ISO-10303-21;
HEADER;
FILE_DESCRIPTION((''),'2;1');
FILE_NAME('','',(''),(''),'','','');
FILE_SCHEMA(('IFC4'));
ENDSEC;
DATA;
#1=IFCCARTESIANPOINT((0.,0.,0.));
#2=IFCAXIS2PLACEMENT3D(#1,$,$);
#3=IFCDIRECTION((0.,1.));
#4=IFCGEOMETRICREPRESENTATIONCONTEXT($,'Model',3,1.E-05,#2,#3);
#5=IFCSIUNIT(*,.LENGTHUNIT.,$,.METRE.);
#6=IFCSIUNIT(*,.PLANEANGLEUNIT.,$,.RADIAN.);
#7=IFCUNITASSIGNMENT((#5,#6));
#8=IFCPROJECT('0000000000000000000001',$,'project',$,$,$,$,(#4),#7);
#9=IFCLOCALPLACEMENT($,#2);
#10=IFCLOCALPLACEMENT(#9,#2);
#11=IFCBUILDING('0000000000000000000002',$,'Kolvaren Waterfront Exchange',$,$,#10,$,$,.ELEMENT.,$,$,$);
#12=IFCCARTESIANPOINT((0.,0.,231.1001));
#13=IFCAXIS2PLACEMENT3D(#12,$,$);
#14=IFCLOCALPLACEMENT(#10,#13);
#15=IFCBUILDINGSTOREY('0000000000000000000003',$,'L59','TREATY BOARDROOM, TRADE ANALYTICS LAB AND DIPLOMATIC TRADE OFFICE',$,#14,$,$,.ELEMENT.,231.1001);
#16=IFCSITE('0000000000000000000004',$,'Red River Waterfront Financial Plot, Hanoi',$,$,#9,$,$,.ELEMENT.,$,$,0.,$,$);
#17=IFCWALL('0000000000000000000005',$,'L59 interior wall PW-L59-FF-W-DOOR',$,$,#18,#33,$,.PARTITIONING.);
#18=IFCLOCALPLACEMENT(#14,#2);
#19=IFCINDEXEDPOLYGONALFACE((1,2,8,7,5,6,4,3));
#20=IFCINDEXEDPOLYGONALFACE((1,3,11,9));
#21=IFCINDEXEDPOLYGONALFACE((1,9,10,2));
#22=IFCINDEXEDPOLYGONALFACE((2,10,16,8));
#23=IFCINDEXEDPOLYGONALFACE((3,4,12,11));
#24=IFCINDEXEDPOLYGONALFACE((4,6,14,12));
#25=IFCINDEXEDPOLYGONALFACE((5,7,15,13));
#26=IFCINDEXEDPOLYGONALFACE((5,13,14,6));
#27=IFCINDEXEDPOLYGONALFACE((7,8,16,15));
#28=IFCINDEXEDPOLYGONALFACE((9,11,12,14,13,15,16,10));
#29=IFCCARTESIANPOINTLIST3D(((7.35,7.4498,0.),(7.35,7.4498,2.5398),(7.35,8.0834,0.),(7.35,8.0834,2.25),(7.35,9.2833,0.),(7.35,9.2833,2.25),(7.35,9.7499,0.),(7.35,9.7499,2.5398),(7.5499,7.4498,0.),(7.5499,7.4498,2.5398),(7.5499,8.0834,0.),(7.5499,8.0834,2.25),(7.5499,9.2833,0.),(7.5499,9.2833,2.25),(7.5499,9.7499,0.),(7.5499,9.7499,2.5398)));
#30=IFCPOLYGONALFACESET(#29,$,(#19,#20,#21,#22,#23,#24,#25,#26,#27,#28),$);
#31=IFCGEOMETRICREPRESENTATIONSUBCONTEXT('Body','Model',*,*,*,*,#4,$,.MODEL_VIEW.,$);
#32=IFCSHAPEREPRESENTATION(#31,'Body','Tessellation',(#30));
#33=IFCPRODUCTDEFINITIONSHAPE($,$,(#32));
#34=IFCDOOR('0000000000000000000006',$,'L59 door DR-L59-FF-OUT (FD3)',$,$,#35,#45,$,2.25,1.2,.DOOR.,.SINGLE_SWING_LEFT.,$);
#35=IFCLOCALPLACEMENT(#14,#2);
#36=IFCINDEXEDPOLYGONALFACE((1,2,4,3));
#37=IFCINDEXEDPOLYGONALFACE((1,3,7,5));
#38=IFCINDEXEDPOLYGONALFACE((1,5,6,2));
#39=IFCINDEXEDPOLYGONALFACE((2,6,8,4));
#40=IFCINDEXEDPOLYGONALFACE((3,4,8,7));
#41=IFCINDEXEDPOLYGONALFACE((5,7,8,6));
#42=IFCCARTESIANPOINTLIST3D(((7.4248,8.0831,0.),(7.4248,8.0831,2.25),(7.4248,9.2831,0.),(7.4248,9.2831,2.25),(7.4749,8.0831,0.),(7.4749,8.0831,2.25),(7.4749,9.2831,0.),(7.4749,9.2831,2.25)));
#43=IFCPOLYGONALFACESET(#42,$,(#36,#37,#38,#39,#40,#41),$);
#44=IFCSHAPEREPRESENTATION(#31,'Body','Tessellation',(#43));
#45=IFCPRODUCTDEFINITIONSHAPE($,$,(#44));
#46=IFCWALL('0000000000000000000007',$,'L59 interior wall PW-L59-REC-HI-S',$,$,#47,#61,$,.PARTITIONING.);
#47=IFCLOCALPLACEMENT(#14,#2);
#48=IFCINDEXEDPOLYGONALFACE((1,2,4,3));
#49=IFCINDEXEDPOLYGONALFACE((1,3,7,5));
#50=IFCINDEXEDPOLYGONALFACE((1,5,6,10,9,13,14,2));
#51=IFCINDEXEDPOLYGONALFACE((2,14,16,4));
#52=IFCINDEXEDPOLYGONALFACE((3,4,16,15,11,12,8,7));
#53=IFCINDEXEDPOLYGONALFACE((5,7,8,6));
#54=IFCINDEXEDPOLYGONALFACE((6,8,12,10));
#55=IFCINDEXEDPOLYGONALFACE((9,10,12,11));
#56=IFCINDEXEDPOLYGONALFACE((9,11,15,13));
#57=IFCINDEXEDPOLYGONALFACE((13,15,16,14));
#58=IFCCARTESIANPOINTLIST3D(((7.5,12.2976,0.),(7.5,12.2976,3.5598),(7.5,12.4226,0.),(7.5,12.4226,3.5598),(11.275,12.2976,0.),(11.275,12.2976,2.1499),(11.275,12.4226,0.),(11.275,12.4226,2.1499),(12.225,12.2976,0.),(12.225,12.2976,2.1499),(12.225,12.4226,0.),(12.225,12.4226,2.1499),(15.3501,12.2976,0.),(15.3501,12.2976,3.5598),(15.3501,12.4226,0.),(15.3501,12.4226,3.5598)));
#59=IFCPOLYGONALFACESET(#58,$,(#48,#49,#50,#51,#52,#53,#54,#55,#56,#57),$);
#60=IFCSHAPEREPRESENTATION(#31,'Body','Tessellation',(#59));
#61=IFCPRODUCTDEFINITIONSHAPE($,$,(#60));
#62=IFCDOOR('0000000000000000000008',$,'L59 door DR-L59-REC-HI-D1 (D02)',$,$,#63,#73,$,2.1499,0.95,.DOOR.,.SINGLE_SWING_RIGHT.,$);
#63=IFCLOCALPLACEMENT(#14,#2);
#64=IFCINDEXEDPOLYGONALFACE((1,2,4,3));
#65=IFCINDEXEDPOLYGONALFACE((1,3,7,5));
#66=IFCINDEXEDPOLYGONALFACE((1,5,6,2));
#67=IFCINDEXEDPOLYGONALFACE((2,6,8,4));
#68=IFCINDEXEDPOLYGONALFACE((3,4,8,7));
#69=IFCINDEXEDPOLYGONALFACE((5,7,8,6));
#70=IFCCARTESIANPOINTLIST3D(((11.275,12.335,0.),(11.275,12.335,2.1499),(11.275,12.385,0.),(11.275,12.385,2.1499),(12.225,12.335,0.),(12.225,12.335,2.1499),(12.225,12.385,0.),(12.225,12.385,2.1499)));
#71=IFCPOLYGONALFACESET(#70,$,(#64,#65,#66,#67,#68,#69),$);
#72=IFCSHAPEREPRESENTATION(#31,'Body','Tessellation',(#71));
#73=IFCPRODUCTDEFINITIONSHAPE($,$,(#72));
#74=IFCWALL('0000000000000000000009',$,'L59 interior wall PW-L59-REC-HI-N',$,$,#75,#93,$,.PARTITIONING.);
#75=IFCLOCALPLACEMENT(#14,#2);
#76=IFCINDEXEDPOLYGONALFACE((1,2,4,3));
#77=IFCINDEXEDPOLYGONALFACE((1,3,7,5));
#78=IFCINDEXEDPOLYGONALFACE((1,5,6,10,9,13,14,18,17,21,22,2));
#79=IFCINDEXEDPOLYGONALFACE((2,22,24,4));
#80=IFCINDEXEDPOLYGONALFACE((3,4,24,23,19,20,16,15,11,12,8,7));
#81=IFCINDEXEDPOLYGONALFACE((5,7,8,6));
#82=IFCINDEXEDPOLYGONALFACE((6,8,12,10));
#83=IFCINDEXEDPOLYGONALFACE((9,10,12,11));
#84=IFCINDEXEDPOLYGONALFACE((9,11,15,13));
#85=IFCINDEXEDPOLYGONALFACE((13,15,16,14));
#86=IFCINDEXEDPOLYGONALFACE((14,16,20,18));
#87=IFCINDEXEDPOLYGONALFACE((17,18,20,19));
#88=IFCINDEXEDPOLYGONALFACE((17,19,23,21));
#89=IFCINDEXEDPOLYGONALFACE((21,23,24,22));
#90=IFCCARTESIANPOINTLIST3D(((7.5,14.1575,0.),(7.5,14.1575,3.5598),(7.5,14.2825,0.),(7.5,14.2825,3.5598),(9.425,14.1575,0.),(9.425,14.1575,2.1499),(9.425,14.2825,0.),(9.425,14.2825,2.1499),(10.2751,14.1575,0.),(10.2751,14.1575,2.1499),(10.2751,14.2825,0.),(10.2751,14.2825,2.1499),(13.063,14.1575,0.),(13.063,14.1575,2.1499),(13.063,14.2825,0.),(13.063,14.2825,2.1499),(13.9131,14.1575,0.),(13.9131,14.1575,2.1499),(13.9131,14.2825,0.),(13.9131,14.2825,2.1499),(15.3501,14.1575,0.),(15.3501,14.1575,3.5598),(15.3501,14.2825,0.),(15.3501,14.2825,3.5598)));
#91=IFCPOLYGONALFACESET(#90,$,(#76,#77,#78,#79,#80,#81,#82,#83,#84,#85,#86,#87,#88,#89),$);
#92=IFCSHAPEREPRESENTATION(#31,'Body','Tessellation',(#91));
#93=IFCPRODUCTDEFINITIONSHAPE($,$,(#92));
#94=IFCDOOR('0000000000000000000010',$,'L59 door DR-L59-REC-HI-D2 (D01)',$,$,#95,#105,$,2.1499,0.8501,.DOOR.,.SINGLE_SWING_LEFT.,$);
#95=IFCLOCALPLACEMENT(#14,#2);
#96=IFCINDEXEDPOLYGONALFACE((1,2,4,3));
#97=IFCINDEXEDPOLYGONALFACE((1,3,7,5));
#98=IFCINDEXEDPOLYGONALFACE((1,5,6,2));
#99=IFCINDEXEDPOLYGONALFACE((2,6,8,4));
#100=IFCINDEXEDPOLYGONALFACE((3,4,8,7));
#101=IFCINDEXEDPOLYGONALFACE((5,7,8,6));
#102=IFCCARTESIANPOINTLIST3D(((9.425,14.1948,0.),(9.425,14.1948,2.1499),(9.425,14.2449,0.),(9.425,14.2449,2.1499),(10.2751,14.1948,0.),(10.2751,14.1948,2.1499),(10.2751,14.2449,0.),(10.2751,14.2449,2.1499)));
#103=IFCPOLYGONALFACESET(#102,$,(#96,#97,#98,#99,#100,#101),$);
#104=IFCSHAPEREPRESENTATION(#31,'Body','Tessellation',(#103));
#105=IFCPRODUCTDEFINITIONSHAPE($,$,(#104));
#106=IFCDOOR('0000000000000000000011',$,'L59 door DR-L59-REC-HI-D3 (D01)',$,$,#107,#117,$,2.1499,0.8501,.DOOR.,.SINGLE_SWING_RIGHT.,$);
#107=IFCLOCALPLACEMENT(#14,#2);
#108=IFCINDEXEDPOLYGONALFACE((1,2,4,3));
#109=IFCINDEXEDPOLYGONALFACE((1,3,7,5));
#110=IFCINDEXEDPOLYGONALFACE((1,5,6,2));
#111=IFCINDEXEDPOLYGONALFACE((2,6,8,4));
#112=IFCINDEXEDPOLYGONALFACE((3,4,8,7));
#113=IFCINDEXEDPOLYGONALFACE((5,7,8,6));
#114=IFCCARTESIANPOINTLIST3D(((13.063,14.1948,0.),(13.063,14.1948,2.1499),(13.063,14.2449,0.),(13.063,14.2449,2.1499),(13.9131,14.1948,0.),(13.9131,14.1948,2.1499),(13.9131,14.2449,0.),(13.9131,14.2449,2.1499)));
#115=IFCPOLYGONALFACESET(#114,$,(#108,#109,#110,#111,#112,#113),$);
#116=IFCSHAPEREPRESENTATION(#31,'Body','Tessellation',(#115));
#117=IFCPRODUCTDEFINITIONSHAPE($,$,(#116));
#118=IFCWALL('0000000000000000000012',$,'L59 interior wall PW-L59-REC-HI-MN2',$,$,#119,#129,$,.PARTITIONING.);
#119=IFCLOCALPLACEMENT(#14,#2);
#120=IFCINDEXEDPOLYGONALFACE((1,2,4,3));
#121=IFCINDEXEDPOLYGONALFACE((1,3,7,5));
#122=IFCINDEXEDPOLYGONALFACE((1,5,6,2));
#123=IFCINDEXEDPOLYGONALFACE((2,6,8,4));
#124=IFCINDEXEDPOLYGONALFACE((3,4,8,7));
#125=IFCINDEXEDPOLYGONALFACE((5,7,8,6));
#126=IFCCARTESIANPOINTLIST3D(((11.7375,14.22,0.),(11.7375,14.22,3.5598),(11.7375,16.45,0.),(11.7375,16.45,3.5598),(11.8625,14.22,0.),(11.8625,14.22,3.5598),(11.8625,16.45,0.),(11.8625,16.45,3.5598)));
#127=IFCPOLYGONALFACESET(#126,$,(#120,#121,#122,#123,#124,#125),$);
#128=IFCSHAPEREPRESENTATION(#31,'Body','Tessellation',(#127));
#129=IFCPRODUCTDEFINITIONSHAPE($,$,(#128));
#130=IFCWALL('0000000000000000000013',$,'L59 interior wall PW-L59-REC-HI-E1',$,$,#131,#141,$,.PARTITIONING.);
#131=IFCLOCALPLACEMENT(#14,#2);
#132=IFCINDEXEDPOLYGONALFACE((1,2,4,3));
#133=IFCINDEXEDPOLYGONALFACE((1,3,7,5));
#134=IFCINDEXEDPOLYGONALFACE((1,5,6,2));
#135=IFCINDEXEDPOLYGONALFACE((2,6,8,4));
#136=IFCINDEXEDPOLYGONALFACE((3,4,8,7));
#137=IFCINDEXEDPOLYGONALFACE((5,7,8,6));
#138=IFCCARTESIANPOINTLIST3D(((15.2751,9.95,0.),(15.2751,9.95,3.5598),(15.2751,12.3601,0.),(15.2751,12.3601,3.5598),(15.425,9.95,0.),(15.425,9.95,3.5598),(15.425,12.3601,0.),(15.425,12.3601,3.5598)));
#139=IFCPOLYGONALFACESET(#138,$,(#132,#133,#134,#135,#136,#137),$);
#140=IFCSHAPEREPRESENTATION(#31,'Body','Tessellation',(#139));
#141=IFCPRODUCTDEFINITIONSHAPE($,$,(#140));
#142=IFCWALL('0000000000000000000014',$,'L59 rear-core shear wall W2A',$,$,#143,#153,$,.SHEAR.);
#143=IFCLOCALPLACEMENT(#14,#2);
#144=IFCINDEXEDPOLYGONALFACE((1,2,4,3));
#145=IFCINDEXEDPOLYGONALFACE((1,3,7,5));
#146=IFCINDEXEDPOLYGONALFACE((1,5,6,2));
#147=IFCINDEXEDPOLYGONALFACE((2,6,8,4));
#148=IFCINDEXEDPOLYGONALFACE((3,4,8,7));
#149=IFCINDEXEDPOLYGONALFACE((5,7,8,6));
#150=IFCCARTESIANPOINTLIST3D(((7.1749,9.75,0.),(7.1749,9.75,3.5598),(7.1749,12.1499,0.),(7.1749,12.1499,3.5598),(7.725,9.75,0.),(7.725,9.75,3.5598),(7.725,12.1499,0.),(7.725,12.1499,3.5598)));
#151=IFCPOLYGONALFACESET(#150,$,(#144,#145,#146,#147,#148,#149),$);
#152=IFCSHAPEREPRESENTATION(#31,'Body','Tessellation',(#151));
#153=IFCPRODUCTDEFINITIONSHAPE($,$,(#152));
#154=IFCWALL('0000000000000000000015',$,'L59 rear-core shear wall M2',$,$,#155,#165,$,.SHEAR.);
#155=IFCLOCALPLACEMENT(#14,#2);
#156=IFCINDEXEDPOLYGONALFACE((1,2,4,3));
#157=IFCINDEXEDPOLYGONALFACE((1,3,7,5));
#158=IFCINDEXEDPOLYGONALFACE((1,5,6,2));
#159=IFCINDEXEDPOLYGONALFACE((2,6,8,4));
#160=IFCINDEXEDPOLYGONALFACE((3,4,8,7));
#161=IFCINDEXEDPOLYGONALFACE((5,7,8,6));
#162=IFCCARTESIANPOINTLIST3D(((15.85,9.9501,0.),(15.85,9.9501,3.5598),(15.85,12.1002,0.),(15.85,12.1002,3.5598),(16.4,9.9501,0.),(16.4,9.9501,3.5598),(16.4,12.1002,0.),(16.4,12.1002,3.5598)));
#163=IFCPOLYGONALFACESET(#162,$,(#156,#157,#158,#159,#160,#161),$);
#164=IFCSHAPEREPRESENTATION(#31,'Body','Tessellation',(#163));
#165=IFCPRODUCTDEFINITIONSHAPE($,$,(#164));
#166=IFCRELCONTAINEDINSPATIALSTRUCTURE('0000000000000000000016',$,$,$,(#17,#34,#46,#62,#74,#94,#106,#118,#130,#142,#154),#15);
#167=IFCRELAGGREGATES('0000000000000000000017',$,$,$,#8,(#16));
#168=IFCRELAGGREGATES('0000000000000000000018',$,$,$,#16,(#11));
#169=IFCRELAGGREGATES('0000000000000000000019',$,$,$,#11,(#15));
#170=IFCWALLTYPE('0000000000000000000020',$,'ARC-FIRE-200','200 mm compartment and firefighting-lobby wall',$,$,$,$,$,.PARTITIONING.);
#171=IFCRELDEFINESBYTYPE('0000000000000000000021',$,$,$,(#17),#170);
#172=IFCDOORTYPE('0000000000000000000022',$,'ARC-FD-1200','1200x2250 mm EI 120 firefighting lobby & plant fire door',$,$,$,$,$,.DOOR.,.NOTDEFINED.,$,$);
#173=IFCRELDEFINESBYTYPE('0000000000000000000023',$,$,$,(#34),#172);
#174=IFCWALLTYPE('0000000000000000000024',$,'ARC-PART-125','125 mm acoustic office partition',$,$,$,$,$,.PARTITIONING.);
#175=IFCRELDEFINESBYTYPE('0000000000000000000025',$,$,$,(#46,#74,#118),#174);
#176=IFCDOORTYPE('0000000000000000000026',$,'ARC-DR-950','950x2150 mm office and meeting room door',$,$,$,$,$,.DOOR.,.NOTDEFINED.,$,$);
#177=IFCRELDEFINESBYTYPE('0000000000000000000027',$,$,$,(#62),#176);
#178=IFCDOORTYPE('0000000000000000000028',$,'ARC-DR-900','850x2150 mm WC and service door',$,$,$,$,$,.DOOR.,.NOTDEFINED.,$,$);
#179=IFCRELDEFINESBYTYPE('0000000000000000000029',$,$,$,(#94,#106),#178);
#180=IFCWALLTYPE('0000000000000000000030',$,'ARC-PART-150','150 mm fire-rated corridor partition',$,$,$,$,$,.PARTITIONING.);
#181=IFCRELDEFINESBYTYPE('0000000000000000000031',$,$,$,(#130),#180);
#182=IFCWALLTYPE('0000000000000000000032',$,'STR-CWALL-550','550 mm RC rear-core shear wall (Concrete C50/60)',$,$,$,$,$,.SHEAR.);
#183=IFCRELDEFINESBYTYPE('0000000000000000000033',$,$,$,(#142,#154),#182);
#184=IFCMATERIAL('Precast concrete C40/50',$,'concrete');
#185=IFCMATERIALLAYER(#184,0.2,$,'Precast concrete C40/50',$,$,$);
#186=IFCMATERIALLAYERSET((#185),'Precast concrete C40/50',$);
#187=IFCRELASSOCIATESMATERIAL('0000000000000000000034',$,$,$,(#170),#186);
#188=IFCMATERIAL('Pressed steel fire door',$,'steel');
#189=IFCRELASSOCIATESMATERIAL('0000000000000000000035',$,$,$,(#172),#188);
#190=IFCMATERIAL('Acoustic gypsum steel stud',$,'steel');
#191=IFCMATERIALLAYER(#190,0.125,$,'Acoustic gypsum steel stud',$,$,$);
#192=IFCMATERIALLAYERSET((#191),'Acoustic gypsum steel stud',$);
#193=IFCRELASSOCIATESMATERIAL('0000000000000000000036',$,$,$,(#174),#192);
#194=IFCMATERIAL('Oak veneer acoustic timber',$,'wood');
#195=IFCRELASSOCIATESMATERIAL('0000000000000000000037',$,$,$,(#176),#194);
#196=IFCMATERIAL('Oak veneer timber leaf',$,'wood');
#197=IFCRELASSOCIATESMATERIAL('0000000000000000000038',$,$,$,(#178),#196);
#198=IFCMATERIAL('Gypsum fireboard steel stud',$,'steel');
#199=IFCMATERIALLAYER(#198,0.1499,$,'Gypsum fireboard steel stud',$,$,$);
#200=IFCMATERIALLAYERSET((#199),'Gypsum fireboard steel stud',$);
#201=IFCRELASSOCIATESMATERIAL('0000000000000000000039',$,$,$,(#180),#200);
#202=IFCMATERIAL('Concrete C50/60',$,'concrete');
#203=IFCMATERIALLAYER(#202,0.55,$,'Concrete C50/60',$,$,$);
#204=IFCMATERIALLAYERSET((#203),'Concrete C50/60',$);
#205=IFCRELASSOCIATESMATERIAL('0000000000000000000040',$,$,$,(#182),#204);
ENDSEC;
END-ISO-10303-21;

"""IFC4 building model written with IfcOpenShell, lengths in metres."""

from ifc_helpers import new_model, si_unit, direction, frame, frame_2d, origin, place, context, subcontext, project, spatial, rectangle, extrude, material, layer, layer_set, type_object, element, fill, save


model = new_model("IFC4")

# Units and contexts
model_context = context("Model", 3, precision=1e-05, world=origin(), true_north=direction((0.0, 1.0)))
body_context = subcontext(model_context, "Body", "Model", "MODEL_VIEW")
ifc_project = project(units=[si_unit("LENGTHUNIT", "METRE"), si_unit("PLANEANGLEUNIT", "RADIAN")], contexts=[model_context])

# Site, building, storey
site_placement = place(None, origin())
site = spatial("IfcSite", under=ifc_project, at=site_placement, Name="Red River Waterfront Financial Plot, Hanoi", CompositionType="ELEMENT", RefElevation=0.0)
building_placement = place(site_placement, origin())
building = spatial("IfcBuilding", under=site, at=building_placement, Name="Kolvaren Waterfront Exchange", CompositionType="ELEMENT")
storey_placement = place(building_placement, frame((0.0, 0.0, 231.1001)))
storey = spatial("IfcBuildingStorey", under=building, at=storey_placement, Name="L59", Description="TREATY BOARDROOM, TRADE ANALYTICS LAB AND DIPLOMATIC TRADE OFFICE", CompositionType="ELEMENT", Elevation=231.1001)

# Shared definitions
ifc_material_1 = material(Name="Precast concrete C40/50", Category="concrete")
ifc_layer_1 = layer(ifc_material_1, 0.2, Name="Precast concrete C40/50")
ifc_layer_set_1 = layer_set([ifc_layer_1], Name="Precast concrete C40/50")
wall_type_1 = type_object("IfcWallType", Name="ARC-FIRE-200", Description="200 mm compartment and firefighting-lobby wall", PredefinedType="PARTITIONING", material=ifc_layer_set_1)

# Walls, openings, doors
wall_1_placement = place(storey_placement, frame((7.45, 7.45, 0.0), z_axis=(0.0, 0.0, 1.0), x_axis=(0.0, 1.0, 0.0)))
wall_1 = element("IfcWall", 1, at=wall_1_placement, inside=storey, type_object=wall_type_1, Name="L59 interior wall PW-L59-FF-W-DOOR", PredefinedType="PARTITIONING", context=body_context, shape_type="SweptSolid", body=[
    extrude(rectangle(XDim=2.3, YDim=0.2, at=frame_2d((1.1499, 0.0))), origin(), (0.0, 0.0, 1.0), 2.5398),
])
opening_1_placement = place(wall_1_placement, frame((0.6333, 0.0, 0.0)))
opening_1 = element("IfcOpeningElement", 2, at=opening_1_placement, cuts=wall_1, PredefinedType="OPENING", context=body_context, shape_type="SweptSolid", body=[
    extrude(rectangle(XDim=1.2, YDim=2.25, at=frame_2d((0.6001, 1.125))), frame((0.0, 0.1099, 0.0), z_axis=(0.0, -1.0, 0.0), x_axis=(1.0, 0.0, 0.0)), (0.0, 0.0, 1.0), 0.22),
])
ifc_material_2 = material(Name="Pressed steel fire door", Category="steel")
door_type_1 = type_object("IfcDoorType", Name="ARC-FD-1200", Description="1200x2250 mm EI 120 firefighting lobby & plant fire door", OperationType="NOTDEFINED", PredefinedType="DOOR", material=ifc_material_2)
door_1_placement = place(opening_1_placement, frame((1.2, 0.0, 0.0), z_axis=(0.0, 0.0, 1.0), x_axis=(-1.0, 0.0, 0.0)))
door_1 = element("IfcDoor", 3, at=door_1_placement, inside=storey, type_object=door_type_1, Name="L59 door DR-L59-FF-OUT (FD3)", OperationType="SINGLE_SWING_LEFT", OverallHeight=2.25, OverallWidth=1.2, PredefinedType="DOOR", context=body_context, shape_type="SweptSolid", body=[
    extrude(rectangle(XDim=1.2, YDim=2.25, at=frame_2d((0.6001, 1.125))), frame((0.0, 0.0249, 0.0), z_axis=(0.0, -1.0, 0.0), x_axis=(1.0, 0.0, 0.0)), (0.0, 0.0, 1.0), 0.05),
])
fill(opening_1, door_1)
ifc_material_3 = material(Name="Acoustic gypsum steel stud", Category="steel")
ifc_layer_2 = layer(ifc_material_3, 0.125, Name="Acoustic gypsum steel stud")
ifc_layer_set_2 = layer_set([ifc_layer_2], Name="Acoustic gypsum steel stud")
wall_type_2 = type_object("IfcWallType", Name="ARC-PART-125", Description="125 mm acoustic office partition", PredefinedType="PARTITIONING", material=ifc_layer_set_2)
wall_2_placement = place(storey_placement, frame((7.5, 12.3601, 0.0), z_axis=(0.0, 0.0, 1.0), x_axis=(1.0, 0.0, 0.0)))
wall_2 = element("IfcWall", 4, at=wall_2_placement, inside=storey, type_object=wall_type_2, Name="L59 interior wall PW-L59-REC-HI-S", PredefinedType="PARTITIONING", context=body_context, shape_type="SweptSolid", body=[
    extrude(rectangle(XDim=7.8501, YDim=0.125, at=frame_2d((3.925, 0.0))), origin(), (0.0, 0.0, 1.0), 3.5598),
])
opening_2_placement = place(wall_2_placement, frame((3.7749, 0.0, 0.0)))
opening_2 = element("IfcOpeningElement", 5, at=opening_2_placement, cuts=wall_2, PredefinedType="OPENING", context=body_context, shape_type="SweptSolid", body=[
    extrude(rectangle(XDim=0.95, YDim=2.1499, at=frame_2d((0.4751, 1.075))), frame((0.0, 0.0725, 0.0), z_axis=(0.0, -1.0, 0.0), x_axis=(1.0, 0.0, 0.0)), (0.0, 0.0, 1.0), 0.145),
])
ifc_material_4 = material(Name="Oak veneer acoustic timber", Category="wood")
door_type_2 = type_object("IfcDoorType", Name="ARC-DR-950", Description="950x2150 mm office and meeting room door", OperationType="NOTDEFINED", PredefinedType="DOOR", material=ifc_material_4)
door_2_placement = place(opening_2_placement, origin())
door_2 = element("IfcDoor", 6, at=door_2_placement, inside=storey, type_object=door_type_2, Name="L59 door DR-L59-REC-HI-D1 (D02)", OperationType="SINGLE_SWING_RIGHT", OverallHeight=2.1499, OverallWidth=0.95, PredefinedType="DOOR", context=body_context, shape_type="SweptSolid", body=[
    extrude(rectangle(XDim=0.95, YDim=2.1499, at=frame_2d((0.4751, 1.075))), frame((0.0, 0.0249, 0.0), z_axis=(0.0, -1.0, 0.0), x_axis=(1.0, 0.0, 0.0)), (0.0, 0.0, 1.0), 0.05),
])
fill(opening_2, door_2)

# Wall, openings, doors
wall_3_placement = place(storey_placement, frame((7.5, 14.22, 0.0), z_axis=(0.0, 0.0, 1.0), x_axis=(1.0, 0.0, 0.0)))
wall_3 = element("IfcWall", 7, at=wall_3_placement, inside=storey, type_object=wall_type_2, Name="L59 interior wall PW-L59-REC-HI-N", PredefinedType="PARTITIONING", context=body_context, shape_type="SweptSolid", body=[
    extrude(rectangle(XDim=7.8501, YDim=0.125, at=frame_2d((3.925, 0.0))), origin(), (0.0, 0.0, 1.0), 3.5598),
])
opening_3_placement = place(wall_3_placement, frame((1.925, 0.0, 0.0)))
opening_3 = element("IfcOpeningElement", 8, at=opening_3_placement, cuts=wall_3, PredefinedType="OPENING", context=body_context, shape_type="SweptSolid", body=[
    extrude(rectangle(XDim=0.8501, YDim=2.1499, at=frame_2d((0.425, 1.075))), frame((0.0, 0.0725, 0.0), z_axis=(0.0, -1.0, 0.0), x_axis=(1.0, 0.0, 0.0)), (0.0, 0.0, 1.0), 0.145),
])
opening_4_placement = place(wall_3_placement, frame((5.563, 0.0, 0.0)))
opening_4 = element("IfcOpeningElement", 9, at=opening_4_placement, cuts=wall_3, PredefinedType="OPENING", context=body_context, shape_type="SweptSolid", body=[
    extrude(rectangle(XDim=0.8501, YDim=2.1499, at=frame_2d((0.425, 1.075))), frame((0.0, 0.0725, 0.0), z_axis=(0.0, -1.0, 0.0), x_axis=(1.0, 0.0, 0.0)), (0.0, 0.0, 1.0), 0.145),
])
ifc_material_5 = material(Name="Oak veneer timber leaf", Category="wood")
door_type_3 = type_object("IfcDoorType", Name="ARC-DR-900", Description="850x2150 mm WC and service door", OperationType="NOTDEFINED", PredefinedType="DOOR", material=ifc_material_5)
door_3_placement = place(opening_3_placement, origin())
door_3 = element("IfcDoor", 10, at=door_3_placement, inside=storey, type_object=door_type_3, Name="L59 door DR-L59-REC-HI-D2 (D01)", OperationType="SINGLE_SWING_LEFT", OverallHeight=2.1499, OverallWidth=0.8501, PredefinedType="DOOR", context=body_context, shape_type="SweptSolid", body=[
    extrude(rectangle(XDim=0.8501, YDim=2.1499, at=frame_2d((0.425, 1.075))), frame((0.0, 0.0249, 0.0), z_axis=(0.0, -1.0, 0.0), x_axis=(1.0, 0.0, 0.0)), (0.0, 0.0, 1.0), 0.05),
])
fill(opening_3, door_3)
door_4_placement = place(opening_4_placement, origin())
door_4 = element("IfcDoor", 11, at=door_4_placement, inside=storey, type_object=door_type_3, Name="L59 door DR-L59-REC-HI-D3 (D01)", OperationType="SINGLE_SWING_RIGHT", OverallHeight=2.1499, OverallWidth=0.8501, PredefinedType="DOOR", context=body_context, shape_type="SweptSolid", body=[
    extrude(rectangle(XDim=0.8501, YDim=2.1499, at=frame_2d((0.425, 1.075))), frame((0.0, 0.0249, 0.0), z_axis=(0.0, -1.0, 0.0), x_axis=(1.0, 0.0, 0.0)), (0.0, 0.0, 1.0), 0.05),
])
fill(opening_4, door_4)

# Walls
wall_4_placement = place(storey_placement, frame((11.8, 14.22, 0.0), z_axis=(0.0, 0.0, 1.0), x_axis=(0.0, 1.0, 0.0)))
element("IfcWall", 12, at=wall_4_placement, inside=storey, type_object=wall_type_2, Name="L59 interior wall PW-L59-REC-HI-MN2", PredefinedType="PARTITIONING", context=body_context, shape_type="SweptSolid", body=[
    extrude(rectangle(XDim=2.23, YDim=0.125, at=frame_2d((1.115, 0.0))), origin(), (0.0, 0.0, 1.0), 3.5598),
])
ifc_material_6 = material(Name="Gypsum fireboard steel stud", Category="steel")
ifc_layer_3 = layer(ifc_material_6, 0.1499, Name="Gypsum fireboard steel stud")
ifc_layer_set_3 = layer_set([ifc_layer_3], Name="Gypsum fireboard steel stud")
wall_type_3 = type_object("IfcWallType", Name="ARC-PART-150", Description="150 mm fire-rated corridor partition", PredefinedType="PARTITIONING", material=ifc_layer_set_3)
wall_5_placement = place(storey_placement, frame((15.3501, 9.95, 0.0), z_axis=(0.0, 0.0, 1.0), x_axis=(0.0, 1.0, 0.0)))
element("IfcWall", 13, at=wall_5_placement, inside=storey, type_object=wall_type_3, Name="L59 interior wall PW-L59-REC-HI-E1", PredefinedType="PARTITIONING", context=body_context, shape_type="SweptSolid", body=[
    extrude(rectangle(XDim=2.4102, YDim=0.1499, at=frame_2d((1.2051, 0.0))), origin(), (0.0, 0.0, 1.0), 3.5598),
])
ifc_material_7 = material(Name="Concrete C50/60", Category="concrete")
ifc_layer_4 = layer(ifc_material_7, 0.55, Name="Concrete C50/60")
ifc_layer_set_4 = layer_set([ifc_layer_4], Name="Concrete C50/60")
wall_type_4 = type_object("IfcWallType", Name="STR-CWALL-550", Description="550 mm RC rear-core shear wall (Concrete C50/60)", PredefinedType="SHEAR", material=ifc_layer_set_4)
wall_6_placement = place(storey_placement, frame((7.45, 9.75, 0.0), z_axis=(0.0, 0.0, 1.0), x_axis=(0.0, 1.0, 0.0)))
element("IfcWall", 14, at=wall_6_placement, inside=storey, type_object=wall_type_4, Name="L59 rear-core shear wall W2A", PredefinedType="SHEAR", context=body_context, shape_type="SweptSolid", body=[
    extrude(rectangle(XDim=2.3999, YDim=0.55, at=frame_2d((1.2, 0.0))), origin(), (0.0, 0.0, 1.0), 3.5598),
])
wall_7_placement = place(storey_placement, frame((16.125, 9.95, 0.0), z_axis=(0.0, 0.0, 1.0), x_axis=(0.0, 1.0, 0.0)))
element("IfcWall", 15, at=wall_7_placement, inside=storey, type_object=wall_type_4, Name="L59 rear-core shear wall M2", PredefinedType="SHEAR", context=body_context, shape_type="SweptSolid", body=[
    extrude(rectangle(XDim=2.1501, YDim=0.55, at=frame_2d((1.0752, 0.0))), origin(), (0.0, 0.0, 1.0), 3.5598),
])

save(model, "model.ifc")
